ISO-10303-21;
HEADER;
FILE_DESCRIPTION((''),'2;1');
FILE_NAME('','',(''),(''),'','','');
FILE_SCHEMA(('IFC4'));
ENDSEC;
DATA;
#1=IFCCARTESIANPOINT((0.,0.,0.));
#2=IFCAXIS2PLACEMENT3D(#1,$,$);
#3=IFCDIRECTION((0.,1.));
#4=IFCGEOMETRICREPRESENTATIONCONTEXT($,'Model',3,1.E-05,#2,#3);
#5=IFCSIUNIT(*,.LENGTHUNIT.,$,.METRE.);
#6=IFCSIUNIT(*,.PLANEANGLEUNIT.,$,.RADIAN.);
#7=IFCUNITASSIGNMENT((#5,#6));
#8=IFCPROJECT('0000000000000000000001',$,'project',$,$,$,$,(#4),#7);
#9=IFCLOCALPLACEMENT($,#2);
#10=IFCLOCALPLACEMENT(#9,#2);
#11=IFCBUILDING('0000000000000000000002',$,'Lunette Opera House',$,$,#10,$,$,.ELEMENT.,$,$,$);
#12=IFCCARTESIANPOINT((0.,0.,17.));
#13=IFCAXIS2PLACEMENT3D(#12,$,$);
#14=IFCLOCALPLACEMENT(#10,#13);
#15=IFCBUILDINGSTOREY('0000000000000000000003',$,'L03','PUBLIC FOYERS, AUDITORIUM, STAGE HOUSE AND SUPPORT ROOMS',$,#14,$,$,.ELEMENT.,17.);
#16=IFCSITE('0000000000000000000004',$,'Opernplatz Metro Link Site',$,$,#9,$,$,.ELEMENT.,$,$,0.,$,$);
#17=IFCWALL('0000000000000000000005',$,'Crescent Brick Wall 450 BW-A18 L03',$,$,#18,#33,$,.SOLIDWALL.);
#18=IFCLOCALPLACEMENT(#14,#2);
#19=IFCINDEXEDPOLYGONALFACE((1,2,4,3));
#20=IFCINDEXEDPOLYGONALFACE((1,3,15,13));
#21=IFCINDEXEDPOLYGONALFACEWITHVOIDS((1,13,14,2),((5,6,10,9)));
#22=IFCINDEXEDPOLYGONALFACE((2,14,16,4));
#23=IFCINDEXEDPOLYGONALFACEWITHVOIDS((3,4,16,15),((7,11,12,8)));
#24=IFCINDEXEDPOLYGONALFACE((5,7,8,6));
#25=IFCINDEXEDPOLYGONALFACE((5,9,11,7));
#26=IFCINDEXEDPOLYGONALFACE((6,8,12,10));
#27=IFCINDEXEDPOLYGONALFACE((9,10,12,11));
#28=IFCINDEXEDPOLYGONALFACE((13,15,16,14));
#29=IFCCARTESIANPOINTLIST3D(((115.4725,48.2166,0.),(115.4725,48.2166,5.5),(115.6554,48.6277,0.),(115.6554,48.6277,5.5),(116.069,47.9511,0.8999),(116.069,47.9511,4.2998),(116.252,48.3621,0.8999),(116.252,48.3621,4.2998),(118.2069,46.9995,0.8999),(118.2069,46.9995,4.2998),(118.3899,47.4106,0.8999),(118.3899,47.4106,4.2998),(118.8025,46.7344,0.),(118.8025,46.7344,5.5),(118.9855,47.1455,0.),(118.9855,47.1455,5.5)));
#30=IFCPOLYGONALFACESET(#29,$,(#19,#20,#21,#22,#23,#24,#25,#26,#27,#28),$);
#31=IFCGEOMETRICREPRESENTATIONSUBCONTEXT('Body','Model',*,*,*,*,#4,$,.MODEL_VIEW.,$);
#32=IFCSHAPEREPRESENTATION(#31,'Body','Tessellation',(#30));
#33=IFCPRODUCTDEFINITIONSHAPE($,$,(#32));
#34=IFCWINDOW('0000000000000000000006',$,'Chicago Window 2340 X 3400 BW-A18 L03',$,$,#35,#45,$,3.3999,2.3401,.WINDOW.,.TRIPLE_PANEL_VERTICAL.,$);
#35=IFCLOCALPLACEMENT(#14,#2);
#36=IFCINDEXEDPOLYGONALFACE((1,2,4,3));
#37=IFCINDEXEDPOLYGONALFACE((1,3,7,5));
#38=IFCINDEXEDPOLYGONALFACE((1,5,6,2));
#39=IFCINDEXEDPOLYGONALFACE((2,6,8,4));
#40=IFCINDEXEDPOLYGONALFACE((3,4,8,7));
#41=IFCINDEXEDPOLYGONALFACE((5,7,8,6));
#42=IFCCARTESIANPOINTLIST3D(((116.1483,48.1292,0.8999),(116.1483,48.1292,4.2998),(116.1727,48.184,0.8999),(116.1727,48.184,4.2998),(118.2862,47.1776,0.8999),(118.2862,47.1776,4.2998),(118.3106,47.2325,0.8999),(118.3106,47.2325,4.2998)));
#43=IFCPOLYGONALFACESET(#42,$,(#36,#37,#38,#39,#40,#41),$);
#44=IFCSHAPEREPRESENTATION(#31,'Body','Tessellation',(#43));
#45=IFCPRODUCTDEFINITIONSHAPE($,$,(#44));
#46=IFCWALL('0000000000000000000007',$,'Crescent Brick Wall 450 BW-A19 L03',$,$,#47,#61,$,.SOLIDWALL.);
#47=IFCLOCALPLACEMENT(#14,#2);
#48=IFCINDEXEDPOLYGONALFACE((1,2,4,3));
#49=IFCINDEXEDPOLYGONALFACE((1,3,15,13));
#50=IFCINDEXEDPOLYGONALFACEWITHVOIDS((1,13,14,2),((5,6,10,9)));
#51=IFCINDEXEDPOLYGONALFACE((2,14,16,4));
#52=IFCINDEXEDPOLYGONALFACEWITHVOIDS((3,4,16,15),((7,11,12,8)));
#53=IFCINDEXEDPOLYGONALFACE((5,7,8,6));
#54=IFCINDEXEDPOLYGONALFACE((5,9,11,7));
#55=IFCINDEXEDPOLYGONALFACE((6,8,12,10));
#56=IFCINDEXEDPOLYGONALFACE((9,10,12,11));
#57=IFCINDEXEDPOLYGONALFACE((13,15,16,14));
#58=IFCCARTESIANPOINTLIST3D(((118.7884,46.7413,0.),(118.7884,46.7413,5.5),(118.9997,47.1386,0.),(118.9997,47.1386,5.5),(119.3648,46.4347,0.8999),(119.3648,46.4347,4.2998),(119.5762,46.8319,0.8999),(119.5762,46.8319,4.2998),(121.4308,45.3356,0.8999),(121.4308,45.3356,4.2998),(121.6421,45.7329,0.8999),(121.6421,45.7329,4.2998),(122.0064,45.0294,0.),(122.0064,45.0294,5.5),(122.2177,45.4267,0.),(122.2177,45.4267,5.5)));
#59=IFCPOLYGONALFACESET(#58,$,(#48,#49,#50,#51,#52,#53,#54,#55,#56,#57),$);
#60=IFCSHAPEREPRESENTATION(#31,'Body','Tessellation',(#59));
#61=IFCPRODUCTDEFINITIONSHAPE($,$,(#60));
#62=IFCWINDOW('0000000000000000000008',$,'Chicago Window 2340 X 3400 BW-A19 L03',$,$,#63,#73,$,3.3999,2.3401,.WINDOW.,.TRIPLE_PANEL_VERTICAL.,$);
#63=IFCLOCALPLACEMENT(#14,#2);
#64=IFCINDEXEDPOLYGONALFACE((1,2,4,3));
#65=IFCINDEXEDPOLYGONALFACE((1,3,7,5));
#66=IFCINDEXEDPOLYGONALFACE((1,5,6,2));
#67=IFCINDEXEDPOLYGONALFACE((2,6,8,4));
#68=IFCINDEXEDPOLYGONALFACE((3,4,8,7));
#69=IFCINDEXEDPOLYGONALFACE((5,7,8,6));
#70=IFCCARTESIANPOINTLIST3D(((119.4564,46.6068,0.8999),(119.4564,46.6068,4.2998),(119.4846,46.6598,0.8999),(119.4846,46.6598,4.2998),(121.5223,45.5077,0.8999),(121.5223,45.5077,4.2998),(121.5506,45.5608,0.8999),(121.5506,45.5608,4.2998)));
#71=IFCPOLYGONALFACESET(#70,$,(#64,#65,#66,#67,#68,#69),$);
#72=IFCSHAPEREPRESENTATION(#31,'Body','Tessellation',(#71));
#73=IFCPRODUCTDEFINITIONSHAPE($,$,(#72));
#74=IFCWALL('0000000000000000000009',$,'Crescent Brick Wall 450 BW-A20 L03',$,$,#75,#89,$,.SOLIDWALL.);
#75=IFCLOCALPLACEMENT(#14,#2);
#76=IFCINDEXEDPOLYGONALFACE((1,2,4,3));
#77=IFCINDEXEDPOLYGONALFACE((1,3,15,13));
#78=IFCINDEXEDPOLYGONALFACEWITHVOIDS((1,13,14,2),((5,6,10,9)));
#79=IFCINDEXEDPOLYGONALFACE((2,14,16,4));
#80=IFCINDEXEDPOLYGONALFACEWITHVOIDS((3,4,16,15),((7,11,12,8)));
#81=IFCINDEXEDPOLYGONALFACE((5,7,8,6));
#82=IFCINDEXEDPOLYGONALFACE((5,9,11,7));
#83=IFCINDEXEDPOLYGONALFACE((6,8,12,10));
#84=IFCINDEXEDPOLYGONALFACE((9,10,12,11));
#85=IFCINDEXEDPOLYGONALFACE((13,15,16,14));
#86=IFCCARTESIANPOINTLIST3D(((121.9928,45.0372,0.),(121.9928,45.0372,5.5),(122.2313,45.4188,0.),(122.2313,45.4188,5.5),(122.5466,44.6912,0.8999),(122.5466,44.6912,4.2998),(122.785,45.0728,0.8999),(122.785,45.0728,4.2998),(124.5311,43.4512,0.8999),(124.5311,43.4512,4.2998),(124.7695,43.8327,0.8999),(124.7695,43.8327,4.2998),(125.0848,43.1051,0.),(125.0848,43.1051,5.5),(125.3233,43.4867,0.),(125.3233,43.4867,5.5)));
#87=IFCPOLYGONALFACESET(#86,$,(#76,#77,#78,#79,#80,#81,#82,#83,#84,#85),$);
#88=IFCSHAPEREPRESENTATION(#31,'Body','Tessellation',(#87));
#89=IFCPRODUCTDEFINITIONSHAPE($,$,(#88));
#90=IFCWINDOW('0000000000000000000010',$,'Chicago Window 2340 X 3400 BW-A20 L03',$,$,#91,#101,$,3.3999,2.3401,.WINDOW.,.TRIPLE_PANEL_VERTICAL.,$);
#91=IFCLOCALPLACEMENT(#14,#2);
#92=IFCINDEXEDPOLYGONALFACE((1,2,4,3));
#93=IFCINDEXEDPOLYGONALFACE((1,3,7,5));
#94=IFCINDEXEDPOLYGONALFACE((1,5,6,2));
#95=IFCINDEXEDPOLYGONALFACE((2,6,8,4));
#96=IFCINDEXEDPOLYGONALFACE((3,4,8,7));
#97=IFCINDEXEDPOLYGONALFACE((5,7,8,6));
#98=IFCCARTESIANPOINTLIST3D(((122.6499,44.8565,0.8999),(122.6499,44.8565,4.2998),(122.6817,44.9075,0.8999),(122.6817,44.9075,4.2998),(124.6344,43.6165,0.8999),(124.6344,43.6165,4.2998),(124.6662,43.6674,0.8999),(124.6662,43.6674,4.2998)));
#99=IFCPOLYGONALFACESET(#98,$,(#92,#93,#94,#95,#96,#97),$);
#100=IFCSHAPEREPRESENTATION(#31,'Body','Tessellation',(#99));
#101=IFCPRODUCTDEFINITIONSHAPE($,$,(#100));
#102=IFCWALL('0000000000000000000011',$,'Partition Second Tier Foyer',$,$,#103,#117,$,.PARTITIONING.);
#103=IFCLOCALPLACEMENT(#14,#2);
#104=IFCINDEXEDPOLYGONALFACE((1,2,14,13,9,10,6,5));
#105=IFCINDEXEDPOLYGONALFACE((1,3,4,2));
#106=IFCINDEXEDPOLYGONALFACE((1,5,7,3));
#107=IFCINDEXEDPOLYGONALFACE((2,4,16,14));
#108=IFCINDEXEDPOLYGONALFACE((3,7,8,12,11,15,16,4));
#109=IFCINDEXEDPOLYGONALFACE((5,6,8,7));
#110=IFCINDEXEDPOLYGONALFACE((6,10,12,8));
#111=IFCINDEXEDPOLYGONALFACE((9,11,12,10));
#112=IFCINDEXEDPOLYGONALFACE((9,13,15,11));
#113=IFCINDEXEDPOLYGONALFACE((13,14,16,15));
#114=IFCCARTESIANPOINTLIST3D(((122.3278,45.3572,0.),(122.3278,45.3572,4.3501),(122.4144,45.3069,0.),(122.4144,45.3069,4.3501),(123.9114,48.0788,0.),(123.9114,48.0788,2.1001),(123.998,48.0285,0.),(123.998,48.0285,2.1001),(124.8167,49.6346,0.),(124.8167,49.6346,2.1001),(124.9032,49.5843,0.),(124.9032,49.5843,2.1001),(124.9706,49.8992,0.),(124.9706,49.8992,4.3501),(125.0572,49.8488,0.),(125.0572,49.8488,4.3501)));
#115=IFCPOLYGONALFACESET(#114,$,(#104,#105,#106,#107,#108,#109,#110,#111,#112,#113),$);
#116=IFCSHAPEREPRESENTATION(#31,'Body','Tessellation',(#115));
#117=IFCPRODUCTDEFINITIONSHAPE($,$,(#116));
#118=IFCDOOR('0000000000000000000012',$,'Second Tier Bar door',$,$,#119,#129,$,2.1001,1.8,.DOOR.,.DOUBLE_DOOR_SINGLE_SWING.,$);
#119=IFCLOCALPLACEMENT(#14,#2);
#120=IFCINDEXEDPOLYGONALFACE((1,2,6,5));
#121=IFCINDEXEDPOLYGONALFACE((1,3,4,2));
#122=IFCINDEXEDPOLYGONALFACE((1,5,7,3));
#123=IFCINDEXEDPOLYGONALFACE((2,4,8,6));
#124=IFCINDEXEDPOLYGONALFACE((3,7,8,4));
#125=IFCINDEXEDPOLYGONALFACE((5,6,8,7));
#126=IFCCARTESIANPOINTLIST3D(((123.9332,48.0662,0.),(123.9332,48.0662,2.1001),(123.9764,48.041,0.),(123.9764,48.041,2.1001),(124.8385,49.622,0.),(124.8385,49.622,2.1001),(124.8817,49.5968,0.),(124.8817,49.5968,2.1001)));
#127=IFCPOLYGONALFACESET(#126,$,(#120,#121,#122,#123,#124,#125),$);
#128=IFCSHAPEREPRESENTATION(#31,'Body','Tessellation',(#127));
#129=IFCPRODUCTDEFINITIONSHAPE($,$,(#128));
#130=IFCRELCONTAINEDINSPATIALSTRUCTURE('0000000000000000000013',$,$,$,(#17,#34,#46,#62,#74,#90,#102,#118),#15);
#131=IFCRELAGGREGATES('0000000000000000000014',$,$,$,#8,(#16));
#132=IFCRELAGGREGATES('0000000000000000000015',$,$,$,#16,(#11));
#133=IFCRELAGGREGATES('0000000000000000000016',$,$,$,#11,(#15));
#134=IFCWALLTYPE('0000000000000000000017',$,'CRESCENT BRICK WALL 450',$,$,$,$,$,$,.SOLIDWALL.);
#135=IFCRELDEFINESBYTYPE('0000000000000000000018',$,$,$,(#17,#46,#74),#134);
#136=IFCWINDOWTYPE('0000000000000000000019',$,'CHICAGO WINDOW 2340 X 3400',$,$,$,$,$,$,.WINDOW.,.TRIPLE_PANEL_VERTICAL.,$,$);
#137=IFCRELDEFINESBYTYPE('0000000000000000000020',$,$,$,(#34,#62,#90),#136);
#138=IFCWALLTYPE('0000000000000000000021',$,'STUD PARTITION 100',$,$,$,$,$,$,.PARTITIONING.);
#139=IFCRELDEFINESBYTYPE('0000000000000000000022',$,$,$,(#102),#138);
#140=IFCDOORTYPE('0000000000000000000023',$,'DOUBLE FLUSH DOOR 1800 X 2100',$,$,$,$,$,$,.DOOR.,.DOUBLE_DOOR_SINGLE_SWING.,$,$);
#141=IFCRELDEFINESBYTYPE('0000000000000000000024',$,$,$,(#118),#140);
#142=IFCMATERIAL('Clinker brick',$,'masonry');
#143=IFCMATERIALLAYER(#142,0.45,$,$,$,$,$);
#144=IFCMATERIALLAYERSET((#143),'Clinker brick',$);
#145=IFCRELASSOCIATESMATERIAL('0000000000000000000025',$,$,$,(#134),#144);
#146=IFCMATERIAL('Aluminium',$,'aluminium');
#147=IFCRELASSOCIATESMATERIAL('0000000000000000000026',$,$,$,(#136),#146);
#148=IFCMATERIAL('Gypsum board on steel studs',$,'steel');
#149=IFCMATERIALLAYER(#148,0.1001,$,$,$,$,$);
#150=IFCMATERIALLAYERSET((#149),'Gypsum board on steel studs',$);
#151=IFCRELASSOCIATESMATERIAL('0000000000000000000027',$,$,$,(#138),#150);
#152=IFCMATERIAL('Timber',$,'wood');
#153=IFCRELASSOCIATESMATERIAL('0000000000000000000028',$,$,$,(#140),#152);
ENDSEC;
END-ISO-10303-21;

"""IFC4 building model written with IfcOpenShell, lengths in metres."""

from ifc_helpers import new_model, si_unit, direction, frame, frame_2d, origin, place, context, subcontext, project, spatial, rectangle, extrude, material, layer, layer_set, type_object, element, fill, save


model = new_model("IFC4")

# Units and contexts
model_context = context("Model", 3, precision=1e-05, world=origin(), true_north=direction((0.0, 1.0)))
body_context = subcontext(model_context, "Body", "Model", "MODEL_VIEW")
ifc_project = project(units=[si_unit("LENGTHUNIT", "METRE"), si_unit("PLANEANGLEUNIT", "RADIAN")], contexts=[model_context])

# Site, building, storey
site_placement = place(None, origin())
site = spatial("IfcSite", under=ifc_project, at=site_placement, Name="Opernplatz Metro Link Site", CompositionType="ELEMENT", RefElevation=0.0)
building_placement = place(site_placement, origin())
building = spatial("IfcBuilding", under=site, at=building_placement, Name="Lunette Opera House", CompositionType="ELEMENT")
storey_placement = place(building_placement, frame((0.0, 0.0, 17.0)))
storey = spatial("IfcBuildingStorey", under=building, at=storey_placement, Name="L03", Description="PUBLIC FOYERS, AUDITORIUM, STAGE HOUSE AND SUPPORT ROOMS", CompositionType="ELEMENT", Elevation=17.0)

# Walls, openings, windows
ifc_material_1 = material(Name="Clinker brick", Category="masonry")
ifc_layer_1 = layer(ifc_material_1, 0.45)
ifc_layer_set_1 = layer_set([ifc_layer_1], Name="Clinker brick")
wall_type_1 = type_object("IfcWallType", Name="CRESCENT BRICK WALL 450", PredefinedType="SOLIDWALL", material=ifc_layer_set_1)
ifc_material_2 = material(Name="Aluminium", Category="aluminium")
window_type = type_object("IfcWindowType", Name="CHICAGO WINDOW 2340 X 3400", PartitioningType="TRIPLE_PANEL_VERTICAL", PredefinedType="WINDOW", material=ifc_material_2)
wall_1_placement = place(storey_placement, frame((115.564, 48.4221, 0.0), z_axis=(0.0, 0.0, 1.0), x_axis=(0.913593, -0.406629, 0.0)))
wall_1 = element("IfcWall", 1, at=wall_1_placement, inside=storey, type_object=wall_type_1, Name="Crescent Brick Wall 450 BW-A18 L03", PredefinedType="SOLIDWALL", context=body_context, shape_type="SweptSolid", body=[
    extrude(rectangle(XDim=3.645, YDim=0.45, at=frame_2d((1.8225, 0.0))), origin(), (0.0, 0.0, 1.0), 5.5),
])
opening_1_placement = place(wall_1_placement, frame((0.6531, 0.0, 0.8999)))
opening_1 = element("IfcOpeningElement", 2, at=opening_1_placement, cuts=wall_1, PredefinedType="OPENING", context=body_context, shape_type="SweptSolid", body=[
    extrude(rectangle(XDim=2.3401, YDim=3.3999, at=frame_2d((1.1699, 1.7))), frame((0.0, 0.2371, 0.0), z_axis=(0.0, -1.0, 0.0), x_axis=(1.0, 0.0, 0.0)), (0.0, 0.0, 1.0), 0.4739),
])
window_1_placement = place(opening_1_placement, origin())
window_1 = element("IfcWindow", 3, at=window_1_placement, inside=storey, type_object=window_type, Name="Chicago Window 2340 X 3400 BW-A18 L03", OverallHeight=3.3999, OverallWidth=2.3401, PartitioningType="TRIPLE_PANEL_VERTICAL", PredefinedType="WINDOW", context=body_context, shape_type="SweptSolid", body=[
    extrude(rectangle(XDim=2.3401, YDim=3.3999, at=frame_2d((1.1699, 1.7))), frame((0.0, 0.03, 0.0), z_axis=(0.0, -1.0, 0.0), x_axis=(1.0, 0.0, 0.0)), (0.0, 0.0, 1.0), 0.0601),
])
fill(opening_1, window_1)
wall_2_placement = place(storey_placement, frame((118.894, 46.9399, 0.0), z_axis=(0.0, 0.0, 1.0), x_axis=(0.882849, -0.469656, 0.0)))
wall_2 = element("IfcWall", 4, at=wall_2_placement, inside=storey, type_object=wall_type_1, Name="Crescent Brick Wall 450 BW-A19 L03", PredefinedType="SOLIDWALL", context=body_context, shape_type="SweptSolid", body=[
    extrude(rectangle(XDim=3.645, YDim=0.45, at=frame_2d((1.8225, 0.0))), origin(), (0.0, 0.0, 1.0), 5.5),
])
opening_2_placement = place(wall_2_placement, frame((0.6531, 0.0, 0.8999)))
opening_2 = element("IfcOpeningElement", 5, at=opening_2_placement, cuts=wall_2, PredefinedType="OPENING", context=body_context, shape_type="SweptSolid", body=[
    extrude(rectangle(XDim=2.3401, YDim=3.3999, at=frame_2d((1.1699, 1.7))), frame((0.0, 0.2371, 0.0), z_axis=(0.0, -1.0, 0.0), x_axis=(1.0, 0.0, 0.0)), (0.0, 0.0, 1.0), 0.4739),
])
window_2_placement = place(opening_2_placement, origin())
window_2 = element("IfcWindow", 6, at=window_2_placement, inside=storey, type_object=window_type, Name="Chicago Window 2340 X 3400 BW-A19 L03", OverallHeight=3.3999, OverallWidth=2.3401, PartitioningType="TRIPLE_PANEL_VERTICAL", PredefinedType="WINDOW", context=body_context, shape_type="SweptSolid", body=[
    extrude(rectangle(XDim=2.3401, YDim=3.3999, at=frame_2d((1.1699, 1.7))), frame((0.0, 0.03, 0.0), z_axis=(0.0, -1.0, 0.0), x_axis=(1.0, 0.0, 0.0)), (0.0, 0.0, 1.0), 0.0601),
])
fill(opening_2, window_2)
wall_3_placement = place(storey_placement, frame((122.1121, 45.228, 0.0), z_axis=(0.0, 0.0, 1.0), x_axis=(0.848047, -0.529921, 0.0)))
wall_3 = element("IfcWall", 7, at=wall_3_placement, inside=storey, type_object=wall_type_1, Name="Crescent Brick Wall 450 BW-A20 L03", PredefinedType="SOLIDWALL", context=body_context, shape_type="SweptSolid", body=[
    extrude(rectangle(XDim=3.646, YDim=0.45, at=frame_2d((1.823, 0.0))), origin(), (0.0, 0.0, 1.0), 5.5),
])
opening_3_placement = place(wall_3_placement, frame((0.6531, 0.0, 0.8999)))
opening_3 = element("IfcOpeningElement", 8, at=opening_3_placement, cuts=wall_3, PredefinedType="OPENING", context=body_context, shape_type="SweptSolid", body=[
    extrude(rectangle(XDim=2.3401, YDim=3.3999, at=frame_2d((1.1699, 1.7))), frame((0.0, 0.2371, 0.0), z_axis=(0.0, -1.0, 0.0), x_axis=(1.0, 0.0, 0.0)), (0.0, 0.0, 1.0), 0.4739),
])
window_3_placement = place(opening_3_placement, origin())
window_3 = element("IfcWindow", 9, at=window_3_placement, inside=storey, type_object=window_type, Name="Chicago Window 2340 X 3400 BW-A20 L03", OverallHeight=3.3999, OverallWidth=2.3401, PartitioningType="TRIPLE_PANEL_VERTICAL", PredefinedType="WINDOW", context=body_context, shape_type="SweptSolid", body=[
    extrude(rectangle(XDim=2.3401, YDim=3.3999, at=frame_2d((1.1699, 1.7))), frame((0.0, 0.03, 0.0), z_axis=(0.0, -1.0, 0.0), x_axis=(1.0, 0.0, 0.0)), (0.0, 0.0, 1.0), 0.0601),
])
fill(opening_3, window_3)

# Wall, opening, door
ifc_material_3 = material(Name="Gypsum board on steel studs", Category="steel")
ifc_layer_2 = layer(ifc_material_3, 0.1001)
ifc_layer_set_2 = layer_set([ifc_layer_2], Name="Gypsum board on steel studs")
wall_type_2 = type_object("IfcWallType", Name="STUD PARTITION 100", PredefinedType="PARTITIONING", material=ifc_layer_set_2)
wall_4_placement = place(storey_placement, frame((122.3711, 45.332, 0.0), z_axis=(0.0, 0.0, 1.0), x_axis=(0.502923, 0.864331, 0.0)))
wall_4 = element("IfcWall", 10, at=wall_4_placement, inside=storey, type_object=wall_type_2, Name="Partition Second Tier Foyer", PredefinedType="PARTITIONING", context=body_context, shape_type="SweptSolid", body=[
    extrude(rectangle(XDim=5.2549, YDim=0.1001, at=frame_2d((2.6274, 0.0))), origin(), (0.0, 0.0, 1.0), 4.3501),
])
opening_4_placement = place(wall_4_placement, frame((3.1489, 0.0, 0.0)))
opening_4 = element("IfcOpeningElement", 11, at=opening_4_placement, cuts=wall_4, PredefinedType="OPENING", context=body_context, shape_type="SweptSolid", body=[
    extrude(rectangle(XDim=1.8, YDim=2.1001, at=frame_2d((0.8999, 1.05))), frame((0.0, 0.062, 0.0), z_axis=(0.0, -1.0, 0.0), x_axis=(1.0, 0.0, 0.0)), (0.0, 0.0, 1.0), 0.124),
])
ifc_material_4 = material(Name="Timber", Category="wood")
door_type = type_object("IfcDoorType", Name="DOUBLE FLUSH DOOR 1800 X 2100", OperationType="DOUBLE_DOOR_SINGLE_SWING", PredefinedType="DOOR", material=ifc_material_4)
door_placement = place(opening_4_placement, origin())
door = element("IfcDoor", 12, at=door_placement, inside=storey, type_object=door_type, Name="Second Tier Bar door", OperationType="DOUBLE_DOOR_SINGLE_SWING", OverallHeight=2.1001, OverallWidth=1.8, PredefinedType="DOOR", context=body_context, shape_type="SweptSolid", body=[
    extrude(rectangle(XDim=1.8, YDim=2.1001, at=frame_2d((0.8999, 1.05))), frame((0.0, 0.0249, 0.0), z_axis=(0.0, -1.0, 0.0), x_axis=(1.0, 0.0, 0.0)), (0.0, 0.0, 1.0), 0.05),
])
fill(opening_4, door)

save(model, "model.ifc")
